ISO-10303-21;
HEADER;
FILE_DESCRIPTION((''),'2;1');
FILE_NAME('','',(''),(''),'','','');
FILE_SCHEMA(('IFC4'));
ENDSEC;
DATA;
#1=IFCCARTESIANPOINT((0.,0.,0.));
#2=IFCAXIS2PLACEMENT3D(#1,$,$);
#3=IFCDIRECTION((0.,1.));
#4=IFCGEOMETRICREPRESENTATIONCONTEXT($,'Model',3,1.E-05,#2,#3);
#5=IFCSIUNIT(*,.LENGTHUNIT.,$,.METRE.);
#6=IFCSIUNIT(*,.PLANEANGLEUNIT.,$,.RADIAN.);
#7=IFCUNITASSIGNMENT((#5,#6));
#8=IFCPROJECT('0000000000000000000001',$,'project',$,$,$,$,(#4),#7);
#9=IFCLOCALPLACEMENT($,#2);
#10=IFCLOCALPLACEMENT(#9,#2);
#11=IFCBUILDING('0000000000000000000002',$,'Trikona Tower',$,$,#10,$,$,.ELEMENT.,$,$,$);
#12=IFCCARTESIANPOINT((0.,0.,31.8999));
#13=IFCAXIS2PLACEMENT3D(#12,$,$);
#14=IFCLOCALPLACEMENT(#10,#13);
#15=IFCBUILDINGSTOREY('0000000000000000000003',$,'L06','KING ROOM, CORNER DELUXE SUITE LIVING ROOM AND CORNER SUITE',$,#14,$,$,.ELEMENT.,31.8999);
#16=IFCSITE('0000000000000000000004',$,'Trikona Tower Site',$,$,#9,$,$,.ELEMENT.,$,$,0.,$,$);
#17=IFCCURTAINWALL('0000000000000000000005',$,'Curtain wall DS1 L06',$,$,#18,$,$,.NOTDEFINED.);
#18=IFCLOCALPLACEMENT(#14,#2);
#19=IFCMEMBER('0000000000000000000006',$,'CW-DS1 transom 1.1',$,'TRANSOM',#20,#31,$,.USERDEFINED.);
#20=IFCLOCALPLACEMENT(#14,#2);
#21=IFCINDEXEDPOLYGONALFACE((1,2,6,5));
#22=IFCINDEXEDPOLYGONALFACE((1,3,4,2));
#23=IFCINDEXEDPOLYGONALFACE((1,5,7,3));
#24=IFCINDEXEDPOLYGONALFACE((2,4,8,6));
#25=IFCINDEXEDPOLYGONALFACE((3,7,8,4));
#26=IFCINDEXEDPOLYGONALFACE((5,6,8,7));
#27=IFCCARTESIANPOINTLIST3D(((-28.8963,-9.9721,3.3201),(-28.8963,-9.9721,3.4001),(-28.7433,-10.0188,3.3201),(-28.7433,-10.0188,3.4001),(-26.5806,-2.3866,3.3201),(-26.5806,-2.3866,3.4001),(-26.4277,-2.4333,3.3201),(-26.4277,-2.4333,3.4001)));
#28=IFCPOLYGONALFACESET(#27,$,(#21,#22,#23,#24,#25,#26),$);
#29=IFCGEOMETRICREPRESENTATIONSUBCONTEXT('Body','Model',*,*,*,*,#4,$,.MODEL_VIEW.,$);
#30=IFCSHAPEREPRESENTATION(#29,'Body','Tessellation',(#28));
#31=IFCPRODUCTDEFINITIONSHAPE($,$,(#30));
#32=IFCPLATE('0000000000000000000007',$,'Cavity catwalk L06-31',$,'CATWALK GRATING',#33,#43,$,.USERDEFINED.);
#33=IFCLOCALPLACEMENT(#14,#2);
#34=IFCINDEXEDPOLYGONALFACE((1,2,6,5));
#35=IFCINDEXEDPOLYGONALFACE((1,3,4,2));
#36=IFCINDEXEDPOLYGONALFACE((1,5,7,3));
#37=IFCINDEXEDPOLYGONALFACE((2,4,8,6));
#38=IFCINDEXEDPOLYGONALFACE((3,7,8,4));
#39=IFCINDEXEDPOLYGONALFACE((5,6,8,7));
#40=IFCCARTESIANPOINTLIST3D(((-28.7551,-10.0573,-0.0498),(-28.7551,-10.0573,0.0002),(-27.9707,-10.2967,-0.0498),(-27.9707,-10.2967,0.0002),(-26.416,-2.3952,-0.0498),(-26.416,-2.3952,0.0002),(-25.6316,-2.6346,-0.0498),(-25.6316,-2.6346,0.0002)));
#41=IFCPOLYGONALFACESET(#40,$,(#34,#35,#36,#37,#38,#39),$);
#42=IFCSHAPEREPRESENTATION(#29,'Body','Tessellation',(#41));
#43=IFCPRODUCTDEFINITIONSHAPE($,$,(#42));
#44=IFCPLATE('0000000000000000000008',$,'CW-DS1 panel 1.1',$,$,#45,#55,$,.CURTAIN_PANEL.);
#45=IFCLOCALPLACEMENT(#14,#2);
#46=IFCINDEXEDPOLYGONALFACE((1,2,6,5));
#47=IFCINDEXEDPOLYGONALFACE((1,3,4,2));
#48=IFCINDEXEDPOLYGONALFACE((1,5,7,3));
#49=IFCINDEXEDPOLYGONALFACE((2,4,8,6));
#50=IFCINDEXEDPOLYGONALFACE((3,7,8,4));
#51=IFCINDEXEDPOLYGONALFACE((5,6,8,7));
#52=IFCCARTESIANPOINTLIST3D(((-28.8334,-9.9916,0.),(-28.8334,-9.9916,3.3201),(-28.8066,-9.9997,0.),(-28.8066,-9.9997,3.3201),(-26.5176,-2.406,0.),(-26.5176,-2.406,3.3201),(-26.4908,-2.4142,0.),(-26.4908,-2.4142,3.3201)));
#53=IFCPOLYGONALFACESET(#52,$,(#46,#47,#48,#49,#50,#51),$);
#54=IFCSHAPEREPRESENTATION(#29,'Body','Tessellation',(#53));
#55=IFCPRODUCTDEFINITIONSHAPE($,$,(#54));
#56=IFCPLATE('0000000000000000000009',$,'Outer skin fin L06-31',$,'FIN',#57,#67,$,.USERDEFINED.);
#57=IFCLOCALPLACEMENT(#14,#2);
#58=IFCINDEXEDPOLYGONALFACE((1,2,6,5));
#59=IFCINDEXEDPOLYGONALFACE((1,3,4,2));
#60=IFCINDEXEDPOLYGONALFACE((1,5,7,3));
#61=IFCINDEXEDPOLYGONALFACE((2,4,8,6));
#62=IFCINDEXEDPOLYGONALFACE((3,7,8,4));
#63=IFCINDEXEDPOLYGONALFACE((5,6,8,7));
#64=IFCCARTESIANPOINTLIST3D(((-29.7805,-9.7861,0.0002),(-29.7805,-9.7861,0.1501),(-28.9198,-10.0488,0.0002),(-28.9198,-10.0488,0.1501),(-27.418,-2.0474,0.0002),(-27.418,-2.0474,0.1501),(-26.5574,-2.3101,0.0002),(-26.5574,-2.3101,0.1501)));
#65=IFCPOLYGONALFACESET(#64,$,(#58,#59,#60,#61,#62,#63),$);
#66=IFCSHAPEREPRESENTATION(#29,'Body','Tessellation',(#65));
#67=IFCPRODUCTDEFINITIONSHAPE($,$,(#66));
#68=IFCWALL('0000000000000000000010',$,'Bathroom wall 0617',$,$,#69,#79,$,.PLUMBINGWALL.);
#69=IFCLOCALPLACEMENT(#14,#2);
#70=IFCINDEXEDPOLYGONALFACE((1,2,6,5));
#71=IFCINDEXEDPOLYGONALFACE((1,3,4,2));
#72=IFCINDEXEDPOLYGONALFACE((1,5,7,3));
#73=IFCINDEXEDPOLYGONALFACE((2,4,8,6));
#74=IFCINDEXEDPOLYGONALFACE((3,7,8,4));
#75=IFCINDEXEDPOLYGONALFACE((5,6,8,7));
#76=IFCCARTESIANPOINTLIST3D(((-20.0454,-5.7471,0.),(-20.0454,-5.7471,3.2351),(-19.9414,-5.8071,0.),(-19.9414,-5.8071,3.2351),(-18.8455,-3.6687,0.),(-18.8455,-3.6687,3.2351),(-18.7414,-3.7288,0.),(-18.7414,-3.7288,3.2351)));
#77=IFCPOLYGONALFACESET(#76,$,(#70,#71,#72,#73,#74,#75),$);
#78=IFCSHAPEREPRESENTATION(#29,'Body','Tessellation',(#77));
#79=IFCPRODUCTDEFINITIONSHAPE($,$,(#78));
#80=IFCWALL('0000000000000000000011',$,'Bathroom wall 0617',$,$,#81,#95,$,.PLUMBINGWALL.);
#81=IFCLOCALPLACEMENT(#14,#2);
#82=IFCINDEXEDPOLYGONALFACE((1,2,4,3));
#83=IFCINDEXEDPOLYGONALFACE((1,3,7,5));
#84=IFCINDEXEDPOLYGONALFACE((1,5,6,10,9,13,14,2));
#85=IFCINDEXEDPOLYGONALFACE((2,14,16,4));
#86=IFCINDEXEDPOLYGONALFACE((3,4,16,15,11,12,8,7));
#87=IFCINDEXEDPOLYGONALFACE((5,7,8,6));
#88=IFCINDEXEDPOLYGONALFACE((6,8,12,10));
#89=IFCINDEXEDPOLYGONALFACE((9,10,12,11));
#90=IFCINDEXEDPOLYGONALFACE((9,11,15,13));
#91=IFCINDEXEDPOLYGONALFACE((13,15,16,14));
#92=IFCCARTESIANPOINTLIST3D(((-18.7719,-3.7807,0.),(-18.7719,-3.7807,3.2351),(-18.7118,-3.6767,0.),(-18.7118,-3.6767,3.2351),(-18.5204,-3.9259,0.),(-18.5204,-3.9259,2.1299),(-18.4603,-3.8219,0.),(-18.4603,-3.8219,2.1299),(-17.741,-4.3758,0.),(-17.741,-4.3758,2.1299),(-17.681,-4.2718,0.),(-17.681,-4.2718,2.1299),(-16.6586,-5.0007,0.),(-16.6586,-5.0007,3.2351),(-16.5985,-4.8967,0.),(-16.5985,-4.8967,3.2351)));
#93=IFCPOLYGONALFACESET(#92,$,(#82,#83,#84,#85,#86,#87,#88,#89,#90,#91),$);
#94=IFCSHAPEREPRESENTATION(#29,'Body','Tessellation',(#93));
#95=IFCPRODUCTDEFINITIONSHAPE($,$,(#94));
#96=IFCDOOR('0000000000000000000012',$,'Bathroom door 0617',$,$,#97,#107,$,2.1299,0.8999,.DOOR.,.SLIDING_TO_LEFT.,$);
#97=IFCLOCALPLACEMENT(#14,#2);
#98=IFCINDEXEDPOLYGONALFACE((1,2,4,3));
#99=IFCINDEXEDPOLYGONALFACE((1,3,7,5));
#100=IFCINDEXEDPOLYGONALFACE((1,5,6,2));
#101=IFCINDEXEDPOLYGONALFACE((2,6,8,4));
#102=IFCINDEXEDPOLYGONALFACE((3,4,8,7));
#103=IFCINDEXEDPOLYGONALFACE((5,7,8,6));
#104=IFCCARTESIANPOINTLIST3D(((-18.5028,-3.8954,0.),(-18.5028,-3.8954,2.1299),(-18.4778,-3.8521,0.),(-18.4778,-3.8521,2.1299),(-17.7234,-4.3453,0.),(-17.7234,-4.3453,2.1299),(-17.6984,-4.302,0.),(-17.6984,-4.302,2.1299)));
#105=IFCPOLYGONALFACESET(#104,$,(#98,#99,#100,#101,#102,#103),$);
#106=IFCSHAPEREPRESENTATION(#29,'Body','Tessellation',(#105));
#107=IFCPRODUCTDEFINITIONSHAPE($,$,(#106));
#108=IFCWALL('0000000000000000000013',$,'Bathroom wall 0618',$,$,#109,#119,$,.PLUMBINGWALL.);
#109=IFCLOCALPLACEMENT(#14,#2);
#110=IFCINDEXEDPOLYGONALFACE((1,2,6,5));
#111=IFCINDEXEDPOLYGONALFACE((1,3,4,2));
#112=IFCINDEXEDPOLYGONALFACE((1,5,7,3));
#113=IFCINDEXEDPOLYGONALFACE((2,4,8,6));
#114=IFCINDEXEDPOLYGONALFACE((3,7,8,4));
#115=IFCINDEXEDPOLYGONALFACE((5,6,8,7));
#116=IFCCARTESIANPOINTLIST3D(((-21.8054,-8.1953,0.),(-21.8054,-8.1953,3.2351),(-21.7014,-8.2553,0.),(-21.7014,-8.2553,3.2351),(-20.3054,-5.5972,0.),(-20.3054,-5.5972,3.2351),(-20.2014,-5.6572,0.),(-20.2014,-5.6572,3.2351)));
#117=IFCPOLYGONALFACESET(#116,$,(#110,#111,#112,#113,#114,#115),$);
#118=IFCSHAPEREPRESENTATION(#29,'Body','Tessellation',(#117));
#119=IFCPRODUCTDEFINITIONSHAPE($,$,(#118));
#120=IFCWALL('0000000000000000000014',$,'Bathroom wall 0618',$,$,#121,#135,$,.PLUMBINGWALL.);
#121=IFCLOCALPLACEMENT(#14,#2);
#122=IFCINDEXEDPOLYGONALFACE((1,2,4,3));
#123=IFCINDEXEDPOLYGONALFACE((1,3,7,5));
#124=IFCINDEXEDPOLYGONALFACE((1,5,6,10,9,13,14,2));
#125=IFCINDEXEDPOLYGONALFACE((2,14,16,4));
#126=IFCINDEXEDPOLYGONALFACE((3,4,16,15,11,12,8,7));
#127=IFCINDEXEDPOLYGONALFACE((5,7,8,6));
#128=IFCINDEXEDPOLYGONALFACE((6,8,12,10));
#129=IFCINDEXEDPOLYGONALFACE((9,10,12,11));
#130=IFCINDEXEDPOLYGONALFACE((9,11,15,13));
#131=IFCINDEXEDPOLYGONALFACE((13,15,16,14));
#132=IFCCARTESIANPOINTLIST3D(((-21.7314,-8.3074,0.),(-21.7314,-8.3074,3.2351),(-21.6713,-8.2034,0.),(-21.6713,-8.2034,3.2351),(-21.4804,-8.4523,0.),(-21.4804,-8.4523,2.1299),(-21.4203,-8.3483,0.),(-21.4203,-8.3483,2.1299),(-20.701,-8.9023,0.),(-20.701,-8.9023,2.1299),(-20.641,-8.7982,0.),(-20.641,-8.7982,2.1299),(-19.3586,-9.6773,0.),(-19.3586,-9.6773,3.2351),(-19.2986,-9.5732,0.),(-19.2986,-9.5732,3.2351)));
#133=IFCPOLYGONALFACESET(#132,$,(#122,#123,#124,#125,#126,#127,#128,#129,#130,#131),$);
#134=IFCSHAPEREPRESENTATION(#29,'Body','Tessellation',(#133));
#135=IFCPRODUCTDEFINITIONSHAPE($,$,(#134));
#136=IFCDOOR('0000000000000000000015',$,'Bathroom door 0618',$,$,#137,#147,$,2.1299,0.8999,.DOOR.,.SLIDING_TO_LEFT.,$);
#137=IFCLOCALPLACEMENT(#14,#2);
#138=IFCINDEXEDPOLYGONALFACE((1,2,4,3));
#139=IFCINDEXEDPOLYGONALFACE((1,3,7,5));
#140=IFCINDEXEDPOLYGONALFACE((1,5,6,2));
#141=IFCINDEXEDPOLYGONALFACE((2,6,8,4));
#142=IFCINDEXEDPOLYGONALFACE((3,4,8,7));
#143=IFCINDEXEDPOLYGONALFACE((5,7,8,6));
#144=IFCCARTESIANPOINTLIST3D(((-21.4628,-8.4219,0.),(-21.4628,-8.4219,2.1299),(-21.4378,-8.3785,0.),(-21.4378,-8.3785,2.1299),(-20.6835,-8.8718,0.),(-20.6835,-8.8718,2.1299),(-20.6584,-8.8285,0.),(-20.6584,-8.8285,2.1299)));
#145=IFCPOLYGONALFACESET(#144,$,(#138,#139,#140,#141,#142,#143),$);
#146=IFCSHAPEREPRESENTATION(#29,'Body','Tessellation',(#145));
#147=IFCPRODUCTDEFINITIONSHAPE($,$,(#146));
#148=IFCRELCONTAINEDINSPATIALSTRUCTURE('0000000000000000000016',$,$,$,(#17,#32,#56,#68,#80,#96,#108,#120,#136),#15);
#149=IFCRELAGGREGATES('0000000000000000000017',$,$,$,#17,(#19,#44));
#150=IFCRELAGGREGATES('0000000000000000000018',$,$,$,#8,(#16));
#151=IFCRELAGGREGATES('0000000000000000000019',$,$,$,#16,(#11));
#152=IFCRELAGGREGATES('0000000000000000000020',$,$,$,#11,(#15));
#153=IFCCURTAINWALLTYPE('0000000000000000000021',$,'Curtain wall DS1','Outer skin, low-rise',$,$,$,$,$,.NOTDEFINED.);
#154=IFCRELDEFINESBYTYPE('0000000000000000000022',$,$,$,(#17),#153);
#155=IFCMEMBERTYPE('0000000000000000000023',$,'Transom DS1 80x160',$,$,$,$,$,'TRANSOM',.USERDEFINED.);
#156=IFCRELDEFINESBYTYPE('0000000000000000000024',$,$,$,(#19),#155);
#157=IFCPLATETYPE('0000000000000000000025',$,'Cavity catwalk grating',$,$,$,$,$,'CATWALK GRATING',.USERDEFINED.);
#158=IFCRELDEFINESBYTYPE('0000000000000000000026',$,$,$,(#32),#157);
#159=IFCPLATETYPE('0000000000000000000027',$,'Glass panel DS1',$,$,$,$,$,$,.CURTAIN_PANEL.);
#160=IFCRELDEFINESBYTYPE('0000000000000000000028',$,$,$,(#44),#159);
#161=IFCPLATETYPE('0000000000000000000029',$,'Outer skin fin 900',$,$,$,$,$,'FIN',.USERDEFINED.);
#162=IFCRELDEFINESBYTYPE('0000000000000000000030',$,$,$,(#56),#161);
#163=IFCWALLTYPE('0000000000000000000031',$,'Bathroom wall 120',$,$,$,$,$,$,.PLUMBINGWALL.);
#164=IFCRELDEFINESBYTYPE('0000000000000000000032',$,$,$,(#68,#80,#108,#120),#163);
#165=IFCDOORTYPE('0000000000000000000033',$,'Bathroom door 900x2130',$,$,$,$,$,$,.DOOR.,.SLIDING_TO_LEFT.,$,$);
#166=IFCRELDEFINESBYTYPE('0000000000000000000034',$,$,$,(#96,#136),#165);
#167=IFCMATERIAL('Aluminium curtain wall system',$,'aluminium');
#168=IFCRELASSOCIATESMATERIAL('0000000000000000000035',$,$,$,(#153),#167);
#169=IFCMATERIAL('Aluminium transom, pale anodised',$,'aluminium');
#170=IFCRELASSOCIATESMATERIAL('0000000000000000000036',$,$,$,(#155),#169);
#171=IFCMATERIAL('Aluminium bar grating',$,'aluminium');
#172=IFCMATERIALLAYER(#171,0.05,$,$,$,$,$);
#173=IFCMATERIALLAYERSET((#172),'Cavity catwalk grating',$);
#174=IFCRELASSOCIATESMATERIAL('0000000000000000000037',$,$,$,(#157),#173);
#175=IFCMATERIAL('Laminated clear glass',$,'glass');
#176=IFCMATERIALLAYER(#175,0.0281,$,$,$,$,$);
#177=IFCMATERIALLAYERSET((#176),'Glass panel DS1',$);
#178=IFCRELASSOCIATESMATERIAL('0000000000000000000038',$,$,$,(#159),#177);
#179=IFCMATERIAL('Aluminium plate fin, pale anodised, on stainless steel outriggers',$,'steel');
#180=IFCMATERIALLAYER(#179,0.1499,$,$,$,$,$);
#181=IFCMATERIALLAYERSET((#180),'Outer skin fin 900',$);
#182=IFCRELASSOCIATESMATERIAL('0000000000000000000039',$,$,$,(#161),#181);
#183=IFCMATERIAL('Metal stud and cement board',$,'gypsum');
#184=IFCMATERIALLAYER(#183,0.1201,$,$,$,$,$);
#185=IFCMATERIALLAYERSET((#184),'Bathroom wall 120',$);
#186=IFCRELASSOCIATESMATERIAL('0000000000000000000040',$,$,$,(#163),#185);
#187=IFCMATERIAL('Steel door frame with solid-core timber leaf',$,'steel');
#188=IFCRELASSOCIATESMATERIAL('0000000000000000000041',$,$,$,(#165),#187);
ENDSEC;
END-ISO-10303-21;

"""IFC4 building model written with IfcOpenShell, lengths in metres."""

from ifc_helpers import new_model, si_unit, direction, frame, frame_2d, origin, origin_2d, place, context, subcontext, project, spatial, rectangle, extrude, material, layer, layer_set, material_profile, profile_set, type_object, element, fill, aggregate, save


model = new_model("IFC4")

# Units and contexts
model_context = context("Model", 3, precision=1e-05, world=origin(), true_north=direction((0.0, 1.0)))
body_context = subcontext(model_context, "Body", "Model", "MODEL_VIEW")
ifc_project = project(units=[si_unit("LENGTHUNIT", "METRE"), si_unit("PLANEANGLEUNIT", "RADIAN")], contexts=[model_context])

# Site, building, storey
site_placement = place(None, origin())
site = spatial("IfcSite", under=ifc_project, at=site_placement, Name="Trikona Tower Site", CompositionType="ELEMENT", RefElevation=0.0)
building_placement = place(site_placement, origin())
building = spatial("IfcBuilding", under=site, at=building_placement, Name="Trikona Tower", CompositionType="ELEMENT")
storey_placement = place(building_placement, frame((0.0, 0.0, 31.8999)))
storey = spatial("IfcBuildingStorey", under=building, at=storey_placement, Name="L06", Description="KING ROOM, CORNER DELUXE SUITE LIVING ROOM AND CORNER SUITE", CompositionType="ELEMENT", Elevation=31.8999)

# Shared definitions
ifc_material_1 = material(Name="Aluminium curtain wall system", Category="aluminium")
curtain_wall_type = type_object("IfcCurtainWallType", Name="Curtain wall DS1", Description="Outer skin, low-rise", PredefinedType="NOTDEFINED", material=ifc_material_1)

# Curtain wall
curtain_wall_1_placement = place(storey_placement, origin())
curtain_wall_1 = element("IfcCurtainWall", 1, at=curtain_wall_1_placement, inside=storey, type_object=curtain_wall_type, Name="Curtain wall DS1 L06", PredefinedType="NOTDEFINED")

# Member
ifc_material_2 = material(Name="Aluminium transom, pale anodised", Category="aluminium")
ifc_material_profile_1 = material_profile(ifc_material_2, rectangle(XDim=0.1599, YDim=0.0801, at=origin_2d()), Name="TRN-DS1")
ifc_profile_set_1 = profile_set([ifc_material_profile_1], Name="Aluminium transom, pale anodised")
member_type_1 = type_object("IfcMemberType", Name="Transom DS1 80x160", ElementType="TRANSOM", PredefinedType="USERDEFINED", material=ifc_profile_set_1)
member_1_placement = place(storey_placement, frame((-26.5042, -2.4099, 3.3601), z_axis=(-0.291967, -0.956428, 0.0), x_axis=(0.956428, -0.291967, 0.0)))
member_1 = element("IfcMember", 2, at=member_1_placement, type_object=member_type_1, Name="CW-DS1 transom 1.1", ObjectType="TRANSOM", PredefinedType="USERDEFINED", context=body_context, shape_type="SweptSolid", body=[
    extrude(rectangle(XDim=0.1599, YDim=0.0801, at=origin_2d()), origin(), (0.0, 0.0, 1.0), 7.9312),
])

# Plates
ifc_material_3 = material(Name="Aluminium bar grating", Category="aluminium")
ifc_layer_1 = layer(ifc_material_3, 0.05)
ifc_layer_set_1 = layer_set([ifc_layer_1], Name="Cavity catwalk grating")
plate_type_1 = type_object("IfcPlateType", Name="Cavity catwalk grating", ElementType="CATWALK GRATING", PredefinedType="USERDEFINED", material=ifc_layer_set_1)
plate_1_placement = place(storey_placement, frame((-27.1934, -6.3459, -0.0498), z_axis=(0.0, 0.0, 1.0), x_axis=(-0.291979, -0.956425, 0.0)))
element("IfcPlate", 3, at=plate_1_placement, inside=storey, type_object=plate_type_1, Name="Cavity catwalk L06-31", ObjectType="CATWALK GRATING", PredefinedType="USERDEFINED", context=body_context, shape_type="SweptSolid", body=[
    extrude(rectangle(XDim=8.0112, YDim=0.8201, at=origin_2d()), origin(), (0.0, 0.0, 1.0), 0.05),
])
ifc_material_4 = material(Name="Laminated clear glass", Category="glass")
ifc_layer_2 = layer(ifc_material_4, 0.0281)
ifc_layer_set_2 = layer_set([ifc_layer_2], Name="Glass panel DS1")
plate_type_2 = type_object("IfcPlateType", Name="Glass panel DS1", PredefinedType="CURTAIN_PANEL", material=ifc_layer_set_2)
plate_2_placement = place(storey_placement, frame((-27.6621, -6.2029, 0.0), z_axis=(0.0, 0.0, 1.0), x_axis=(-0.291984, -0.956423, 0.0)))
plate_2 = element("IfcPlate", 4, at=plate_2_placement, type_object=plate_type_2, Name="CW-DS1 panel 1.1", PredefinedType="CURTAIN_PANEL", context=body_context, shape_type="SweptSolid", body=[
    extrude(rectangle(XDim=7.9312, YDim=0.0281, at=origin_2d()), origin(), (0.0, 0.0, 1.0), 3.3201),
])
aggregate(curtain_wall_1, [member_1, plate_2])
ifc_material_5 = material(Name="Aluminium plate fin, pale anodised, on stainless steel outriggers", Category="steel")
ifc_layer_3 = layer(ifc_material_5, 0.1499)
ifc_layer_set_3 = layer_set([ifc_layer_3], Name="Outer skin fin 900")
plate_type_3 = type_object("IfcPlateType", Name="Outer skin fin 900", ElementType="FIN", PredefinedType="USERDEFINED", material=ifc_layer_set_3)
plate_3_placement = place(storey_placement, frame((-28.1689, -6.0481, 0.0002), z_axis=(0.0, 0.0, 1.0), x_axis=(-0.291979, -0.956425, 0.0)))
element("IfcPlate", 5, at=plate_3_placement, inside=storey, type_object=plate_type_3, Name="Outer skin fin L06-31", ObjectType="FIN", PredefinedType="USERDEFINED", context=body_context, shape_type="SweptSolid", body=[
    extrude(rectangle(XDim=8.0913, YDim=0.8999, at=origin_2d()), origin(), (0.0, 0.0, 1.0), 0.1499),
])

# Wall
ifc_material_6 = material(Name="Metal stud and cement board", Category="gypsum")
ifc_layer_4 = layer(ifc_material_6, 0.1201)
ifc_layer_set_4 = layer_set([ifc_layer_4], Name="Bathroom wall 120")
wall_type_1 = type_object("IfcWallType", Name="Bathroom wall 120", PredefinedType="PLUMBINGWALL", material=ifc_layer_set_4)
wall_1_placement = place(storey_placement, frame((-18.7935, -3.6987, 0.0), z_axis=(0.0, 0.0, 1.0), x_axis=(-0.500001, -0.866025, 0.0)))
element("IfcWall", 6, at=wall_1_placement, inside=storey, type_object=wall_type_1, Name="Bathroom wall 0617", PredefinedType="PLUMBINGWALL", context=body_context, shape_type="SweptSolid", body=[
    extrude(rectangle(XDim=2.3999, YDim=0.1201, at=frame_2d((1.2, 0.0))), origin(), (0.0, 0.0, 1.0), 3.2351),
])

# Wall, opening, door
wall_2_placement = place(storey_placement, frame((-16.6284, -4.9487, 0.0), z_axis=(0.0, 0.0, 1.0), x_axis=(-0.866049, 0.499959, 0.0)))
wall_2 = element("IfcWall", 7, at=wall_2_placement, inside=storey, type_object=wall_type_1, Name="Bathroom wall 0617", PredefinedType="PLUMBINGWALL", context=body_context, shape_type="SweptSolid", body=[
    extrude(rectangle(XDim=2.4402, YDim=0.1201, at=frame_2d((1.2202, 0.0))), origin(), (0.0, 0.0, 1.0), 3.2351),
])
opening_1_placement = place(wall_2_placement, frame((1.25, 0.0, 0.0)))
opening_1 = element("IfcOpeningElement", 8, at=opening_1_placement, cuts=wall_2, PredefinedType="OPENING", context=body_context, shape_type="SweptSolid", body=[
    extrude(rectangle(XDim=0.8999, YDim=2.1299, at=frame_2d((0.45, 1.0649))), frame((0.0, 0.0701, 0.0), z_axis=(0.0, -1.0, 0.0), x_axis=(1.0, 0.0, 0.0)), (0.0, 0.0, 1.0), 0.1401),
])
ifc_material_7 = material(Name="Steel door frame with solid-core timber leaf", Category="steel")
door_type_1 = type_object("IfcDoorType", Name="Bathroom door 900x2130", OperationType="SLIDING_TO_LEFT", PredefinedType="DOOR", material=ifc_material_7)
door_1_placement = place(opening_1_placement, origin())
door_1 = element("IfcDoor", 9, at=door_1_placement, inside=storey, type_object=door_type_1, Name="Bathroom door 0617", OperationType="SLIDING_TO_LEFT", OverallHeight=2.1299, OverallWidth=0.8999, PredefinedType="DOOR", context=body_context, shape_type="SweptSolid", body=[
    extrude(rectangle(XDim=0.8999, YDim=2.1299, at=frame_2d((0.45, 1.0649))), frame((0.0, 0.0249, 0.0), z_axis=(0.0, -1.0, 0.0), x_axis=(1.0, 0.0, 0.0)), (0.0, 0.0, 1.0), 0.05),
])
fill(opening_1, door_1)

# Wall
wall_3_placement = place(storey_placement, frame((-20.2534, -5.6272, 0.0), z_axis=(0.0, 0.0, 1.0), x_axis=(-0.49999, -0.866031, 0.0)))
element("IfcWall", 10, at=wall_3_placement, inside=storey, type_object=wall_type_1, Name="Bathroom wall 0618", PredefinedType="PLUMBINGWALL", context=body_context, shape_type="SweptSolid", body=[
    extrude(rectangle(XDim=3.0, YDim=0.1201, at=frame_2d((1.5, 0.0))), origin(), (0.0, 0.0, 1.0), 3.2351),
])

# Wall, opening, door
wall_4_placement = place(storey_placement, frame((-19.3286, -9.6252, 0.0), z_axis=(0.0, 0.0, 1.0), x_axis=(-0.866036, 0.499982, 0.0)))
wall_4 = element("IfcWall", 11, at=wall_4_placement, inside=storey, type_object=wall_type_1, Name="Bathroom wall 0618", PredefinedType="PLUMBINGWALL", context=body_context, shape_type="SweptSolid", body=[
    extrude(rectangle(XDim=2.7397, YDim=0.1201, at=frame_2d((1.3699, 0.0))), origin(), (0.0, 0.0, 1.0), 3.2351),
])
opening_2_placement = place(wall_4_placement, frame((1.55, 0.0, 0.0)))
opening_2 = element("IfcOpeningElement", 12, at=opening_2_placement, cuts=wall_4, PredefinedType="OPENING", context=body_context, shape_type="SweptSolid", body=[
    extrude(rectangle(XDim=0.8999, YDim=2.1299, at=frame_2d((0.45, 1.0649))), frame((0.0, 0.0701, 0.0), z_axis=(0.0, -1.0, 0.0), x_axis=(1.0, 0.0, 0.0)), (0.0, 0.0, 1.0), 0.1401),
])
door_2_placement = place(opening_2_placement, origin())
door_2 = element("IfcDoor", 13, at=door_2_placement, inside=storey, type_object=door_type_1, Name="Bathroom door 0618", OperationType="SLIDING_TO_LEFT", OverallHeight=2.1299, OverallWidth=0.8999, PredefinedType="DOOR", context=body_context, shape_type="SweptSolid", body=[
    extrude(rectangle(XDim=0.8999, YDim=2.1299, at=frame_2d((0.45, 1.0649))), frame((0.0, 0.0249, 0.0), z_axis=(0.0, -1.0, 0.0), x_axis=(1.0, 0.0, 0.0)), (0.0, 0.0, 1.0), 0.05),
])
fill(opening_2, door_2)

save(model, "model.ifc")
